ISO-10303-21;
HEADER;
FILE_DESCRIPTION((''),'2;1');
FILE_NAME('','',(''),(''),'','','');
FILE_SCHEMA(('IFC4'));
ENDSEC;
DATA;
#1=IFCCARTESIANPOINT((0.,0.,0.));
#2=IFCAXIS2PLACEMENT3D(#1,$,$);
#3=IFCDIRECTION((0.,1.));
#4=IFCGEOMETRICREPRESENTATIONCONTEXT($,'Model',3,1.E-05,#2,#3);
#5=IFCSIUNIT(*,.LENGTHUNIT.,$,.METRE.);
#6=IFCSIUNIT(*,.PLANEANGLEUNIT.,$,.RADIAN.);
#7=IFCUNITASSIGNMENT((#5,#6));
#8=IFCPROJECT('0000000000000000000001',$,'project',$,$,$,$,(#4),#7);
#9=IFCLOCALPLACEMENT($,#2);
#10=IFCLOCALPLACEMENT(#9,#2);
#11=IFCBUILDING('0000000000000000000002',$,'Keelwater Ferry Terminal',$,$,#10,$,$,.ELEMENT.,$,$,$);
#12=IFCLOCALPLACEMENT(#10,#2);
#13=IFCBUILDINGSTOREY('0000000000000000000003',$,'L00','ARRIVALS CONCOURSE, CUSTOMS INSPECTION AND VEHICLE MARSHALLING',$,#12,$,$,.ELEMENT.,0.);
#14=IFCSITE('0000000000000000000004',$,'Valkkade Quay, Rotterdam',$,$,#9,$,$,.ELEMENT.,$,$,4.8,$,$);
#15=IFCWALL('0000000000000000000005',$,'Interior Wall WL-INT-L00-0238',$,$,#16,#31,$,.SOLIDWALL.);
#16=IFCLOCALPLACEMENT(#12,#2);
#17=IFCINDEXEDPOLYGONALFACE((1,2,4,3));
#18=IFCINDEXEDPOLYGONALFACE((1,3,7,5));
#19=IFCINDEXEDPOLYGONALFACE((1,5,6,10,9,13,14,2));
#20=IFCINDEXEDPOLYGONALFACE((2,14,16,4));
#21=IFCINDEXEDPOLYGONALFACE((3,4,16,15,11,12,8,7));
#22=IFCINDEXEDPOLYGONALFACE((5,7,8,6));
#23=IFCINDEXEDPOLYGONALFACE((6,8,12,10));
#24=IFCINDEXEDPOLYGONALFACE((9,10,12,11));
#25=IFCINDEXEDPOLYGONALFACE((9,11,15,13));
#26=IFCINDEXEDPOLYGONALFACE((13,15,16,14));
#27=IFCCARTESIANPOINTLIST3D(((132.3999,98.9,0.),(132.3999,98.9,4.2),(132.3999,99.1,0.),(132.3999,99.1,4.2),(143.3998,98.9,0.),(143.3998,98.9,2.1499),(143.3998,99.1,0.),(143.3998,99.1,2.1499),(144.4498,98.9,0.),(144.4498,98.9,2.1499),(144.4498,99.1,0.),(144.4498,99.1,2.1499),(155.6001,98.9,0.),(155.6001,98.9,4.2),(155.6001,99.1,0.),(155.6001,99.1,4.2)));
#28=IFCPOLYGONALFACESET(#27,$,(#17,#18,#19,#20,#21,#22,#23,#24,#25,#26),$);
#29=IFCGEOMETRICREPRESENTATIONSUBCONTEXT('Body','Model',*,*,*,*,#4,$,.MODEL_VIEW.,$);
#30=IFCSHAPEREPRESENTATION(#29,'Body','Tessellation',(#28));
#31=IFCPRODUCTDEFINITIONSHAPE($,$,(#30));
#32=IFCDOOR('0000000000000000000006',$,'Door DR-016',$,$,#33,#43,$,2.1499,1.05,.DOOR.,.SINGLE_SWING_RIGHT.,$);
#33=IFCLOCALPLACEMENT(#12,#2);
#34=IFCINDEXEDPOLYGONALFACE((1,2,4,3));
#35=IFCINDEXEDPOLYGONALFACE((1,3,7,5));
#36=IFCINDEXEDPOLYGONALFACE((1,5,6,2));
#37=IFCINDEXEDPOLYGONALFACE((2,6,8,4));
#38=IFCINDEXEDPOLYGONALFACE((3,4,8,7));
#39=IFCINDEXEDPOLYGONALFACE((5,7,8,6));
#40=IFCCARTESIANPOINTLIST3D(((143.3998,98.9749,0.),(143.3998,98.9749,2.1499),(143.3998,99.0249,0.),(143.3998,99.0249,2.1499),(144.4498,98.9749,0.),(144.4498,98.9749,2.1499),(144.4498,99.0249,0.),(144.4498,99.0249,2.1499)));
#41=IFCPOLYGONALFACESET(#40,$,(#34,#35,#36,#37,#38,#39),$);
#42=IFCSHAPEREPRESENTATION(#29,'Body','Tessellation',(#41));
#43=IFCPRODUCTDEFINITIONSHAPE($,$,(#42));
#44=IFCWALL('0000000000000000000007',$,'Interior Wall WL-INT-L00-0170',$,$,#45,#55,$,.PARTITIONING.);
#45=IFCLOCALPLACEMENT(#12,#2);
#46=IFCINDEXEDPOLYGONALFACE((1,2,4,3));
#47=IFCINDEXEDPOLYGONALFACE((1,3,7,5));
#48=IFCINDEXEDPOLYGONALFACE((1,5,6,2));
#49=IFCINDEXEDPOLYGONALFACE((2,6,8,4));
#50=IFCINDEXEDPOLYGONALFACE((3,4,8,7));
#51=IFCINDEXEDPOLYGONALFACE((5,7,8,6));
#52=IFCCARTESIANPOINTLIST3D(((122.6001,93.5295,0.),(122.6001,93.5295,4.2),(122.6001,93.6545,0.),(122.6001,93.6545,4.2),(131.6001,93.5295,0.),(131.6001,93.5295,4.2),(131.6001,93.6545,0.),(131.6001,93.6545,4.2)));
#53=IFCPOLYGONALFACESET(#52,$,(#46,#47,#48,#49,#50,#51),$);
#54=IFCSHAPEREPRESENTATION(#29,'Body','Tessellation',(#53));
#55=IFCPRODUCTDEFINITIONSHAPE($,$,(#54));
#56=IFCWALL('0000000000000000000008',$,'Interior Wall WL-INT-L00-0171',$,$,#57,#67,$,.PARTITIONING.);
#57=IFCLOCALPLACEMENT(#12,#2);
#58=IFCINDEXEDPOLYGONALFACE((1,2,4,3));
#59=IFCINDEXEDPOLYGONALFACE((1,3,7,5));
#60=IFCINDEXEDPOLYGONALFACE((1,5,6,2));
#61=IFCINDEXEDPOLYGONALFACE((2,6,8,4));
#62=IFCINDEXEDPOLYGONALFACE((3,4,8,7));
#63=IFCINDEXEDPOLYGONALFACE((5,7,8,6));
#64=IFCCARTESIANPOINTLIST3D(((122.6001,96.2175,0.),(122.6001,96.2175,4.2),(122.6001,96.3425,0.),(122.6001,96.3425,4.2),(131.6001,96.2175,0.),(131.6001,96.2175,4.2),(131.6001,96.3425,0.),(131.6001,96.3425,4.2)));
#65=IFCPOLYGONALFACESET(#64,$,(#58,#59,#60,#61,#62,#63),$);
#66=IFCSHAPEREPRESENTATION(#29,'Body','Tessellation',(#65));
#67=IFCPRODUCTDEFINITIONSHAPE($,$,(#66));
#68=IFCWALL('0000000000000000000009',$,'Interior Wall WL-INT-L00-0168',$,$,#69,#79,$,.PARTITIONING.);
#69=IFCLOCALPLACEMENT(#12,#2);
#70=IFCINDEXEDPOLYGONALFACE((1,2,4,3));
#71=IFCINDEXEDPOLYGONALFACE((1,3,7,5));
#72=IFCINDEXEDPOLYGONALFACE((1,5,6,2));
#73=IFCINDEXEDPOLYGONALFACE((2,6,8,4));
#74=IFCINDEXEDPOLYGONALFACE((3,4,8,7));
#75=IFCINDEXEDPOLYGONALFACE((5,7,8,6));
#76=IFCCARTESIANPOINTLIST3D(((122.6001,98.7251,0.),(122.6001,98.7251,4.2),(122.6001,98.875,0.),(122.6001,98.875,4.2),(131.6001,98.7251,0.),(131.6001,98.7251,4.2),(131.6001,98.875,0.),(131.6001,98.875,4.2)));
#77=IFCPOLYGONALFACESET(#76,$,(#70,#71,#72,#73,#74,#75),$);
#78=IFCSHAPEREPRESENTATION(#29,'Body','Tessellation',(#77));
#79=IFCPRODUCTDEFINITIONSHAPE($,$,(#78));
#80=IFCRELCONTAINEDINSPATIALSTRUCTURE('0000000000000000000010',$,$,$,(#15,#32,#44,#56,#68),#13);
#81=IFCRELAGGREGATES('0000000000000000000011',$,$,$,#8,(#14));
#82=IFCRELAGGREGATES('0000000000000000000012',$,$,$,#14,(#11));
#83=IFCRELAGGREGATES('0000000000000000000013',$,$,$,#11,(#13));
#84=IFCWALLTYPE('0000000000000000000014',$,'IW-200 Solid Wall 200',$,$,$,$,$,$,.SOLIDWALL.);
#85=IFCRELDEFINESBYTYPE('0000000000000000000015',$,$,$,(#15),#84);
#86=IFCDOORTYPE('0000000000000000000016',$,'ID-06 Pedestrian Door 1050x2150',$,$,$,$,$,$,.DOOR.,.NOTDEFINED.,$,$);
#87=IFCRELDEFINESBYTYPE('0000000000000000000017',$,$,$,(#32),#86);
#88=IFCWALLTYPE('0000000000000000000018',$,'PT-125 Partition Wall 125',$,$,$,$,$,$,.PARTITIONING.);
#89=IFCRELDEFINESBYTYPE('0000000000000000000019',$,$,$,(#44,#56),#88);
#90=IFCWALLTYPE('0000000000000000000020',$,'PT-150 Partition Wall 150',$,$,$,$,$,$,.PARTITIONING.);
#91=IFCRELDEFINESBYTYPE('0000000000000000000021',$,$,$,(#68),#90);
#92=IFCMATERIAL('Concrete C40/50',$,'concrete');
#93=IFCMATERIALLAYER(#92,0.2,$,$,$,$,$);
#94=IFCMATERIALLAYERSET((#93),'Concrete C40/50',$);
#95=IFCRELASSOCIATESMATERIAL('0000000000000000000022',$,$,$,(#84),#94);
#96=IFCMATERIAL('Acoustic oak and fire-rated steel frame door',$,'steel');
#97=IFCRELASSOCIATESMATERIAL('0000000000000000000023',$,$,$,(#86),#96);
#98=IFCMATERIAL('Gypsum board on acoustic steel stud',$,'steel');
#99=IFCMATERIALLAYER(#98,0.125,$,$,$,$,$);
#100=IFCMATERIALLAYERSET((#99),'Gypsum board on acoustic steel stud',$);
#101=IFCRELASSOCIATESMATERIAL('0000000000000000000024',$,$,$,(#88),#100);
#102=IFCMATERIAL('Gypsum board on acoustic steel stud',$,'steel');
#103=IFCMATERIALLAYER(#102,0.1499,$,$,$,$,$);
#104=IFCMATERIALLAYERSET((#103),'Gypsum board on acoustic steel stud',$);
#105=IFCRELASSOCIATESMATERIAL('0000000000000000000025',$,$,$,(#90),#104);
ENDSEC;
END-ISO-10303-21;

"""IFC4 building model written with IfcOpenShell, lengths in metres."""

from ifc_helpers import new_model, si_unit, direction, frame, frame_2d, origin, place, context, subcontext, project, spatial, rectangle, extrude, material, layer, layer_set, type_object, element, fill, save


model = new_model("IFC4")

# Units and contexts
model_context = context("Model", 3, precision=1e-05, world=origin(), true_north=direction((0.0, 1.0)))
body_context = subcontext(model_context, "Body", "Model", "MODEL_VIEW")
ifc_project = project(units=[si_unit("LENGTHUNIT", "METRE"), si_unit("PLANEANGLEUNIT", "RADIAN")], contexts=[model_context])

# Site, building, storey
site_placement = place(None, origin())
site = spatial("IfcSite", under=ifc_project, at=site_placement, Name="Valkkade Quay, Rotterdam", CompositionType="ELEMENT", RefElevation=4.8)
building_placement = place(site_placement, origin())
building = spatial("IfcBuilding", under=site, at=building_placement, Name="Keelwater Ferry Terminal", CompositionType="ELEMENT")
storey_placement = place(building_placement, origin())
storey = spatial("IfcBuildingStorey", under=building, at=storey_placement, Name="L00", Description="ARRIVALS CONCOURSE, CUSTOMS INSPECTION AND VEHICLE MARSHALLING", CompositionType="ELEMENT", Elevation=0.0)

# Wall, opening, door
ifc_material_1 = material(Name="Concrete C40/50", Category="concrete")
ifc_layer_1 = layer(ifc_material_1, 0.2)
ifc_layer_set_1 = layer_set([ifc_layer_1], Name="Concrete C40/50")
wall_type_1 = type_object("IfcWallType", Name="IW-200 Solid Wall 200", PredefinedType="SOLIDWALL", material=ifc_layer_set_1)
wall_1_placement = place(storey_placement, frame((132.3999, 99.0, 0.0), z_axis=(0.0, 0.0, 1.0), x_axis=(1.0, 0.0, 0.0)))
wall_1 = element("IfcWall", 1, at=wall_1_placement, inside=storey, type_object=wall_type_1, Name="Interior Wall WL-INT-L00-0238", PredefinedType="SOLIDWALL", context=body_context, shape_type="SweptSolid", body=[
    extrude(rectangle(XDim=23.2002, YDim=0.2, at=frame_2d((11.6001, 0.0))), origin(), (0.0, 0.0, 1.0), 4.2),
])
opening_placement = place(wall_1_placement, frame((11.0, 0.0, 0.0)))
opening = element("IfcOpeningElement", 2, at=opening_placement, cuts=wall_1, PredefinedType="OPENING", context=body_context, shape_type="SweptSolid", body=[
    extrude(rectangle(XDim=1.05, YDim=2.1499, at=frame_2d((0.5249, 1.075))), frame((0.0, 0.1101, 0.0), z_axis=(0.0, -1.0, 0.0), x_axis=(1.0, 0.0, 0.0)), (0.0, 0.0, 1.0), 0.22),
])
ifc_material_2 = material(Name="Acoustic oak and fire-rated steel frame door", Category="steel")
door_type = type_object("IfcDoorType", Name="ID-06 Pedestrian Door 1050x2150", OperationType="NOTDEFINED", PredefinedType="DOOR", material=ifc_material_2)
door_placement = place(opening_placement, origin())
door = element("IfcDoor", 3, at=door_placement, inside=storey, type_object=door_type, Name="Door DR-016", OperationType="SINGLE_SWING_RIGHT", OverallHeight=2.1499, OverallWidth=1.05, PredefinedType="DOOR", context=body_context, shape_type="SweptSolid", body=[
    extrude(rectangle(XDim=1.05, YDim=2.1499, at=frame_2d((0.5249, 1.075))), frame((0.0, 0.0249, 0.0), z_axis=(0.0, -1.0, 0.0), x_axis=(1.0, 0.0, 0.0)), (0.0, 0.0, 1.0), 0.05),
])
fill(opening, door)

# Walls
ifc_material_3 = material(Name="Gypsum board on acoustic steel stud", Category="steel")
ifc_layer_2 = layer(ifc_material_3, 0.125)
ifc_layer_set_2 = layer_set([ifc_layer_2], Name="Gypsum board on acoustic steel stud")
wall_type_2 = type_object("IfcWallType", Name="PT-125 Partition Wall 125", PredefinedType="PARTITIONING", material=ifc_layer_set_2)
for number, where, z_axis, x_axis, name in (
    (4, (122.6001, 93.592, 0.0), (0.0, 0.0, 1.0), (1.0, 0.0, 0.0), "Interior Wall WL-INT-L00-0170"),
    (5, (122.6001, 96.28, 0.0), (0.0, 0.0, 1.0), (1.0, 0.0, 0.0), "Interior Wall WL-INT-L00-0171"),
):
    element("IfcWall", number, at=place(storey_placement, frame(where, z_axis=z_axis, x_axis=x_axis)), inside=storey, type_object=wall_type_2, Name=name, PredefinedType="PARTITIONING", context=body_context, shape_type="SweptSolid", body=[
        extrude(rectangle(XDim=9.0, YDim=0.125, at=frame_2d((4.5, 0.0))), origin(), (0.0, 0.0, 1.0), 4.2),
    ])
ifc_material_4 = material(Name="Gypsum board on acoustic steel stud", Category="steel")
ifc_layer_3 = layer(ifc_material_4, 0.1499)
ifc_layer_set_3 = layer_set([ifc_layer_3], Name="Gypsum board on acoustic steel stud")
wall_type_3 = type_object("IfcWallType", Name="PT-150 Partition Wall 150", PredefinedType="PARTITIONING", material=ifc_layer_set_3)
wall_2_placement = place(storey_placement, frame((122.6001, 98.8, 0.0), z_axis=(0.0, 0.0, 1.0), x_axis=(1.0, 0.0, 0.0)))
element("IfcWall", 6, at=wall_2_placement, inside=storey, type_object=wall_type_3, Name="Interior Wall WL-INT-L00-0168", PredefinedType="PARTITIONING", context=body_context, shape_type="SweptSolid", body=[
    extrude(rectangle(XDim=9.0, YDim=0.1499, at=frame_2d((4.5, 0.0))), origin(), (0.0, 0.0, 1.0), 4.2),
])

save(model, "model.ifc")
